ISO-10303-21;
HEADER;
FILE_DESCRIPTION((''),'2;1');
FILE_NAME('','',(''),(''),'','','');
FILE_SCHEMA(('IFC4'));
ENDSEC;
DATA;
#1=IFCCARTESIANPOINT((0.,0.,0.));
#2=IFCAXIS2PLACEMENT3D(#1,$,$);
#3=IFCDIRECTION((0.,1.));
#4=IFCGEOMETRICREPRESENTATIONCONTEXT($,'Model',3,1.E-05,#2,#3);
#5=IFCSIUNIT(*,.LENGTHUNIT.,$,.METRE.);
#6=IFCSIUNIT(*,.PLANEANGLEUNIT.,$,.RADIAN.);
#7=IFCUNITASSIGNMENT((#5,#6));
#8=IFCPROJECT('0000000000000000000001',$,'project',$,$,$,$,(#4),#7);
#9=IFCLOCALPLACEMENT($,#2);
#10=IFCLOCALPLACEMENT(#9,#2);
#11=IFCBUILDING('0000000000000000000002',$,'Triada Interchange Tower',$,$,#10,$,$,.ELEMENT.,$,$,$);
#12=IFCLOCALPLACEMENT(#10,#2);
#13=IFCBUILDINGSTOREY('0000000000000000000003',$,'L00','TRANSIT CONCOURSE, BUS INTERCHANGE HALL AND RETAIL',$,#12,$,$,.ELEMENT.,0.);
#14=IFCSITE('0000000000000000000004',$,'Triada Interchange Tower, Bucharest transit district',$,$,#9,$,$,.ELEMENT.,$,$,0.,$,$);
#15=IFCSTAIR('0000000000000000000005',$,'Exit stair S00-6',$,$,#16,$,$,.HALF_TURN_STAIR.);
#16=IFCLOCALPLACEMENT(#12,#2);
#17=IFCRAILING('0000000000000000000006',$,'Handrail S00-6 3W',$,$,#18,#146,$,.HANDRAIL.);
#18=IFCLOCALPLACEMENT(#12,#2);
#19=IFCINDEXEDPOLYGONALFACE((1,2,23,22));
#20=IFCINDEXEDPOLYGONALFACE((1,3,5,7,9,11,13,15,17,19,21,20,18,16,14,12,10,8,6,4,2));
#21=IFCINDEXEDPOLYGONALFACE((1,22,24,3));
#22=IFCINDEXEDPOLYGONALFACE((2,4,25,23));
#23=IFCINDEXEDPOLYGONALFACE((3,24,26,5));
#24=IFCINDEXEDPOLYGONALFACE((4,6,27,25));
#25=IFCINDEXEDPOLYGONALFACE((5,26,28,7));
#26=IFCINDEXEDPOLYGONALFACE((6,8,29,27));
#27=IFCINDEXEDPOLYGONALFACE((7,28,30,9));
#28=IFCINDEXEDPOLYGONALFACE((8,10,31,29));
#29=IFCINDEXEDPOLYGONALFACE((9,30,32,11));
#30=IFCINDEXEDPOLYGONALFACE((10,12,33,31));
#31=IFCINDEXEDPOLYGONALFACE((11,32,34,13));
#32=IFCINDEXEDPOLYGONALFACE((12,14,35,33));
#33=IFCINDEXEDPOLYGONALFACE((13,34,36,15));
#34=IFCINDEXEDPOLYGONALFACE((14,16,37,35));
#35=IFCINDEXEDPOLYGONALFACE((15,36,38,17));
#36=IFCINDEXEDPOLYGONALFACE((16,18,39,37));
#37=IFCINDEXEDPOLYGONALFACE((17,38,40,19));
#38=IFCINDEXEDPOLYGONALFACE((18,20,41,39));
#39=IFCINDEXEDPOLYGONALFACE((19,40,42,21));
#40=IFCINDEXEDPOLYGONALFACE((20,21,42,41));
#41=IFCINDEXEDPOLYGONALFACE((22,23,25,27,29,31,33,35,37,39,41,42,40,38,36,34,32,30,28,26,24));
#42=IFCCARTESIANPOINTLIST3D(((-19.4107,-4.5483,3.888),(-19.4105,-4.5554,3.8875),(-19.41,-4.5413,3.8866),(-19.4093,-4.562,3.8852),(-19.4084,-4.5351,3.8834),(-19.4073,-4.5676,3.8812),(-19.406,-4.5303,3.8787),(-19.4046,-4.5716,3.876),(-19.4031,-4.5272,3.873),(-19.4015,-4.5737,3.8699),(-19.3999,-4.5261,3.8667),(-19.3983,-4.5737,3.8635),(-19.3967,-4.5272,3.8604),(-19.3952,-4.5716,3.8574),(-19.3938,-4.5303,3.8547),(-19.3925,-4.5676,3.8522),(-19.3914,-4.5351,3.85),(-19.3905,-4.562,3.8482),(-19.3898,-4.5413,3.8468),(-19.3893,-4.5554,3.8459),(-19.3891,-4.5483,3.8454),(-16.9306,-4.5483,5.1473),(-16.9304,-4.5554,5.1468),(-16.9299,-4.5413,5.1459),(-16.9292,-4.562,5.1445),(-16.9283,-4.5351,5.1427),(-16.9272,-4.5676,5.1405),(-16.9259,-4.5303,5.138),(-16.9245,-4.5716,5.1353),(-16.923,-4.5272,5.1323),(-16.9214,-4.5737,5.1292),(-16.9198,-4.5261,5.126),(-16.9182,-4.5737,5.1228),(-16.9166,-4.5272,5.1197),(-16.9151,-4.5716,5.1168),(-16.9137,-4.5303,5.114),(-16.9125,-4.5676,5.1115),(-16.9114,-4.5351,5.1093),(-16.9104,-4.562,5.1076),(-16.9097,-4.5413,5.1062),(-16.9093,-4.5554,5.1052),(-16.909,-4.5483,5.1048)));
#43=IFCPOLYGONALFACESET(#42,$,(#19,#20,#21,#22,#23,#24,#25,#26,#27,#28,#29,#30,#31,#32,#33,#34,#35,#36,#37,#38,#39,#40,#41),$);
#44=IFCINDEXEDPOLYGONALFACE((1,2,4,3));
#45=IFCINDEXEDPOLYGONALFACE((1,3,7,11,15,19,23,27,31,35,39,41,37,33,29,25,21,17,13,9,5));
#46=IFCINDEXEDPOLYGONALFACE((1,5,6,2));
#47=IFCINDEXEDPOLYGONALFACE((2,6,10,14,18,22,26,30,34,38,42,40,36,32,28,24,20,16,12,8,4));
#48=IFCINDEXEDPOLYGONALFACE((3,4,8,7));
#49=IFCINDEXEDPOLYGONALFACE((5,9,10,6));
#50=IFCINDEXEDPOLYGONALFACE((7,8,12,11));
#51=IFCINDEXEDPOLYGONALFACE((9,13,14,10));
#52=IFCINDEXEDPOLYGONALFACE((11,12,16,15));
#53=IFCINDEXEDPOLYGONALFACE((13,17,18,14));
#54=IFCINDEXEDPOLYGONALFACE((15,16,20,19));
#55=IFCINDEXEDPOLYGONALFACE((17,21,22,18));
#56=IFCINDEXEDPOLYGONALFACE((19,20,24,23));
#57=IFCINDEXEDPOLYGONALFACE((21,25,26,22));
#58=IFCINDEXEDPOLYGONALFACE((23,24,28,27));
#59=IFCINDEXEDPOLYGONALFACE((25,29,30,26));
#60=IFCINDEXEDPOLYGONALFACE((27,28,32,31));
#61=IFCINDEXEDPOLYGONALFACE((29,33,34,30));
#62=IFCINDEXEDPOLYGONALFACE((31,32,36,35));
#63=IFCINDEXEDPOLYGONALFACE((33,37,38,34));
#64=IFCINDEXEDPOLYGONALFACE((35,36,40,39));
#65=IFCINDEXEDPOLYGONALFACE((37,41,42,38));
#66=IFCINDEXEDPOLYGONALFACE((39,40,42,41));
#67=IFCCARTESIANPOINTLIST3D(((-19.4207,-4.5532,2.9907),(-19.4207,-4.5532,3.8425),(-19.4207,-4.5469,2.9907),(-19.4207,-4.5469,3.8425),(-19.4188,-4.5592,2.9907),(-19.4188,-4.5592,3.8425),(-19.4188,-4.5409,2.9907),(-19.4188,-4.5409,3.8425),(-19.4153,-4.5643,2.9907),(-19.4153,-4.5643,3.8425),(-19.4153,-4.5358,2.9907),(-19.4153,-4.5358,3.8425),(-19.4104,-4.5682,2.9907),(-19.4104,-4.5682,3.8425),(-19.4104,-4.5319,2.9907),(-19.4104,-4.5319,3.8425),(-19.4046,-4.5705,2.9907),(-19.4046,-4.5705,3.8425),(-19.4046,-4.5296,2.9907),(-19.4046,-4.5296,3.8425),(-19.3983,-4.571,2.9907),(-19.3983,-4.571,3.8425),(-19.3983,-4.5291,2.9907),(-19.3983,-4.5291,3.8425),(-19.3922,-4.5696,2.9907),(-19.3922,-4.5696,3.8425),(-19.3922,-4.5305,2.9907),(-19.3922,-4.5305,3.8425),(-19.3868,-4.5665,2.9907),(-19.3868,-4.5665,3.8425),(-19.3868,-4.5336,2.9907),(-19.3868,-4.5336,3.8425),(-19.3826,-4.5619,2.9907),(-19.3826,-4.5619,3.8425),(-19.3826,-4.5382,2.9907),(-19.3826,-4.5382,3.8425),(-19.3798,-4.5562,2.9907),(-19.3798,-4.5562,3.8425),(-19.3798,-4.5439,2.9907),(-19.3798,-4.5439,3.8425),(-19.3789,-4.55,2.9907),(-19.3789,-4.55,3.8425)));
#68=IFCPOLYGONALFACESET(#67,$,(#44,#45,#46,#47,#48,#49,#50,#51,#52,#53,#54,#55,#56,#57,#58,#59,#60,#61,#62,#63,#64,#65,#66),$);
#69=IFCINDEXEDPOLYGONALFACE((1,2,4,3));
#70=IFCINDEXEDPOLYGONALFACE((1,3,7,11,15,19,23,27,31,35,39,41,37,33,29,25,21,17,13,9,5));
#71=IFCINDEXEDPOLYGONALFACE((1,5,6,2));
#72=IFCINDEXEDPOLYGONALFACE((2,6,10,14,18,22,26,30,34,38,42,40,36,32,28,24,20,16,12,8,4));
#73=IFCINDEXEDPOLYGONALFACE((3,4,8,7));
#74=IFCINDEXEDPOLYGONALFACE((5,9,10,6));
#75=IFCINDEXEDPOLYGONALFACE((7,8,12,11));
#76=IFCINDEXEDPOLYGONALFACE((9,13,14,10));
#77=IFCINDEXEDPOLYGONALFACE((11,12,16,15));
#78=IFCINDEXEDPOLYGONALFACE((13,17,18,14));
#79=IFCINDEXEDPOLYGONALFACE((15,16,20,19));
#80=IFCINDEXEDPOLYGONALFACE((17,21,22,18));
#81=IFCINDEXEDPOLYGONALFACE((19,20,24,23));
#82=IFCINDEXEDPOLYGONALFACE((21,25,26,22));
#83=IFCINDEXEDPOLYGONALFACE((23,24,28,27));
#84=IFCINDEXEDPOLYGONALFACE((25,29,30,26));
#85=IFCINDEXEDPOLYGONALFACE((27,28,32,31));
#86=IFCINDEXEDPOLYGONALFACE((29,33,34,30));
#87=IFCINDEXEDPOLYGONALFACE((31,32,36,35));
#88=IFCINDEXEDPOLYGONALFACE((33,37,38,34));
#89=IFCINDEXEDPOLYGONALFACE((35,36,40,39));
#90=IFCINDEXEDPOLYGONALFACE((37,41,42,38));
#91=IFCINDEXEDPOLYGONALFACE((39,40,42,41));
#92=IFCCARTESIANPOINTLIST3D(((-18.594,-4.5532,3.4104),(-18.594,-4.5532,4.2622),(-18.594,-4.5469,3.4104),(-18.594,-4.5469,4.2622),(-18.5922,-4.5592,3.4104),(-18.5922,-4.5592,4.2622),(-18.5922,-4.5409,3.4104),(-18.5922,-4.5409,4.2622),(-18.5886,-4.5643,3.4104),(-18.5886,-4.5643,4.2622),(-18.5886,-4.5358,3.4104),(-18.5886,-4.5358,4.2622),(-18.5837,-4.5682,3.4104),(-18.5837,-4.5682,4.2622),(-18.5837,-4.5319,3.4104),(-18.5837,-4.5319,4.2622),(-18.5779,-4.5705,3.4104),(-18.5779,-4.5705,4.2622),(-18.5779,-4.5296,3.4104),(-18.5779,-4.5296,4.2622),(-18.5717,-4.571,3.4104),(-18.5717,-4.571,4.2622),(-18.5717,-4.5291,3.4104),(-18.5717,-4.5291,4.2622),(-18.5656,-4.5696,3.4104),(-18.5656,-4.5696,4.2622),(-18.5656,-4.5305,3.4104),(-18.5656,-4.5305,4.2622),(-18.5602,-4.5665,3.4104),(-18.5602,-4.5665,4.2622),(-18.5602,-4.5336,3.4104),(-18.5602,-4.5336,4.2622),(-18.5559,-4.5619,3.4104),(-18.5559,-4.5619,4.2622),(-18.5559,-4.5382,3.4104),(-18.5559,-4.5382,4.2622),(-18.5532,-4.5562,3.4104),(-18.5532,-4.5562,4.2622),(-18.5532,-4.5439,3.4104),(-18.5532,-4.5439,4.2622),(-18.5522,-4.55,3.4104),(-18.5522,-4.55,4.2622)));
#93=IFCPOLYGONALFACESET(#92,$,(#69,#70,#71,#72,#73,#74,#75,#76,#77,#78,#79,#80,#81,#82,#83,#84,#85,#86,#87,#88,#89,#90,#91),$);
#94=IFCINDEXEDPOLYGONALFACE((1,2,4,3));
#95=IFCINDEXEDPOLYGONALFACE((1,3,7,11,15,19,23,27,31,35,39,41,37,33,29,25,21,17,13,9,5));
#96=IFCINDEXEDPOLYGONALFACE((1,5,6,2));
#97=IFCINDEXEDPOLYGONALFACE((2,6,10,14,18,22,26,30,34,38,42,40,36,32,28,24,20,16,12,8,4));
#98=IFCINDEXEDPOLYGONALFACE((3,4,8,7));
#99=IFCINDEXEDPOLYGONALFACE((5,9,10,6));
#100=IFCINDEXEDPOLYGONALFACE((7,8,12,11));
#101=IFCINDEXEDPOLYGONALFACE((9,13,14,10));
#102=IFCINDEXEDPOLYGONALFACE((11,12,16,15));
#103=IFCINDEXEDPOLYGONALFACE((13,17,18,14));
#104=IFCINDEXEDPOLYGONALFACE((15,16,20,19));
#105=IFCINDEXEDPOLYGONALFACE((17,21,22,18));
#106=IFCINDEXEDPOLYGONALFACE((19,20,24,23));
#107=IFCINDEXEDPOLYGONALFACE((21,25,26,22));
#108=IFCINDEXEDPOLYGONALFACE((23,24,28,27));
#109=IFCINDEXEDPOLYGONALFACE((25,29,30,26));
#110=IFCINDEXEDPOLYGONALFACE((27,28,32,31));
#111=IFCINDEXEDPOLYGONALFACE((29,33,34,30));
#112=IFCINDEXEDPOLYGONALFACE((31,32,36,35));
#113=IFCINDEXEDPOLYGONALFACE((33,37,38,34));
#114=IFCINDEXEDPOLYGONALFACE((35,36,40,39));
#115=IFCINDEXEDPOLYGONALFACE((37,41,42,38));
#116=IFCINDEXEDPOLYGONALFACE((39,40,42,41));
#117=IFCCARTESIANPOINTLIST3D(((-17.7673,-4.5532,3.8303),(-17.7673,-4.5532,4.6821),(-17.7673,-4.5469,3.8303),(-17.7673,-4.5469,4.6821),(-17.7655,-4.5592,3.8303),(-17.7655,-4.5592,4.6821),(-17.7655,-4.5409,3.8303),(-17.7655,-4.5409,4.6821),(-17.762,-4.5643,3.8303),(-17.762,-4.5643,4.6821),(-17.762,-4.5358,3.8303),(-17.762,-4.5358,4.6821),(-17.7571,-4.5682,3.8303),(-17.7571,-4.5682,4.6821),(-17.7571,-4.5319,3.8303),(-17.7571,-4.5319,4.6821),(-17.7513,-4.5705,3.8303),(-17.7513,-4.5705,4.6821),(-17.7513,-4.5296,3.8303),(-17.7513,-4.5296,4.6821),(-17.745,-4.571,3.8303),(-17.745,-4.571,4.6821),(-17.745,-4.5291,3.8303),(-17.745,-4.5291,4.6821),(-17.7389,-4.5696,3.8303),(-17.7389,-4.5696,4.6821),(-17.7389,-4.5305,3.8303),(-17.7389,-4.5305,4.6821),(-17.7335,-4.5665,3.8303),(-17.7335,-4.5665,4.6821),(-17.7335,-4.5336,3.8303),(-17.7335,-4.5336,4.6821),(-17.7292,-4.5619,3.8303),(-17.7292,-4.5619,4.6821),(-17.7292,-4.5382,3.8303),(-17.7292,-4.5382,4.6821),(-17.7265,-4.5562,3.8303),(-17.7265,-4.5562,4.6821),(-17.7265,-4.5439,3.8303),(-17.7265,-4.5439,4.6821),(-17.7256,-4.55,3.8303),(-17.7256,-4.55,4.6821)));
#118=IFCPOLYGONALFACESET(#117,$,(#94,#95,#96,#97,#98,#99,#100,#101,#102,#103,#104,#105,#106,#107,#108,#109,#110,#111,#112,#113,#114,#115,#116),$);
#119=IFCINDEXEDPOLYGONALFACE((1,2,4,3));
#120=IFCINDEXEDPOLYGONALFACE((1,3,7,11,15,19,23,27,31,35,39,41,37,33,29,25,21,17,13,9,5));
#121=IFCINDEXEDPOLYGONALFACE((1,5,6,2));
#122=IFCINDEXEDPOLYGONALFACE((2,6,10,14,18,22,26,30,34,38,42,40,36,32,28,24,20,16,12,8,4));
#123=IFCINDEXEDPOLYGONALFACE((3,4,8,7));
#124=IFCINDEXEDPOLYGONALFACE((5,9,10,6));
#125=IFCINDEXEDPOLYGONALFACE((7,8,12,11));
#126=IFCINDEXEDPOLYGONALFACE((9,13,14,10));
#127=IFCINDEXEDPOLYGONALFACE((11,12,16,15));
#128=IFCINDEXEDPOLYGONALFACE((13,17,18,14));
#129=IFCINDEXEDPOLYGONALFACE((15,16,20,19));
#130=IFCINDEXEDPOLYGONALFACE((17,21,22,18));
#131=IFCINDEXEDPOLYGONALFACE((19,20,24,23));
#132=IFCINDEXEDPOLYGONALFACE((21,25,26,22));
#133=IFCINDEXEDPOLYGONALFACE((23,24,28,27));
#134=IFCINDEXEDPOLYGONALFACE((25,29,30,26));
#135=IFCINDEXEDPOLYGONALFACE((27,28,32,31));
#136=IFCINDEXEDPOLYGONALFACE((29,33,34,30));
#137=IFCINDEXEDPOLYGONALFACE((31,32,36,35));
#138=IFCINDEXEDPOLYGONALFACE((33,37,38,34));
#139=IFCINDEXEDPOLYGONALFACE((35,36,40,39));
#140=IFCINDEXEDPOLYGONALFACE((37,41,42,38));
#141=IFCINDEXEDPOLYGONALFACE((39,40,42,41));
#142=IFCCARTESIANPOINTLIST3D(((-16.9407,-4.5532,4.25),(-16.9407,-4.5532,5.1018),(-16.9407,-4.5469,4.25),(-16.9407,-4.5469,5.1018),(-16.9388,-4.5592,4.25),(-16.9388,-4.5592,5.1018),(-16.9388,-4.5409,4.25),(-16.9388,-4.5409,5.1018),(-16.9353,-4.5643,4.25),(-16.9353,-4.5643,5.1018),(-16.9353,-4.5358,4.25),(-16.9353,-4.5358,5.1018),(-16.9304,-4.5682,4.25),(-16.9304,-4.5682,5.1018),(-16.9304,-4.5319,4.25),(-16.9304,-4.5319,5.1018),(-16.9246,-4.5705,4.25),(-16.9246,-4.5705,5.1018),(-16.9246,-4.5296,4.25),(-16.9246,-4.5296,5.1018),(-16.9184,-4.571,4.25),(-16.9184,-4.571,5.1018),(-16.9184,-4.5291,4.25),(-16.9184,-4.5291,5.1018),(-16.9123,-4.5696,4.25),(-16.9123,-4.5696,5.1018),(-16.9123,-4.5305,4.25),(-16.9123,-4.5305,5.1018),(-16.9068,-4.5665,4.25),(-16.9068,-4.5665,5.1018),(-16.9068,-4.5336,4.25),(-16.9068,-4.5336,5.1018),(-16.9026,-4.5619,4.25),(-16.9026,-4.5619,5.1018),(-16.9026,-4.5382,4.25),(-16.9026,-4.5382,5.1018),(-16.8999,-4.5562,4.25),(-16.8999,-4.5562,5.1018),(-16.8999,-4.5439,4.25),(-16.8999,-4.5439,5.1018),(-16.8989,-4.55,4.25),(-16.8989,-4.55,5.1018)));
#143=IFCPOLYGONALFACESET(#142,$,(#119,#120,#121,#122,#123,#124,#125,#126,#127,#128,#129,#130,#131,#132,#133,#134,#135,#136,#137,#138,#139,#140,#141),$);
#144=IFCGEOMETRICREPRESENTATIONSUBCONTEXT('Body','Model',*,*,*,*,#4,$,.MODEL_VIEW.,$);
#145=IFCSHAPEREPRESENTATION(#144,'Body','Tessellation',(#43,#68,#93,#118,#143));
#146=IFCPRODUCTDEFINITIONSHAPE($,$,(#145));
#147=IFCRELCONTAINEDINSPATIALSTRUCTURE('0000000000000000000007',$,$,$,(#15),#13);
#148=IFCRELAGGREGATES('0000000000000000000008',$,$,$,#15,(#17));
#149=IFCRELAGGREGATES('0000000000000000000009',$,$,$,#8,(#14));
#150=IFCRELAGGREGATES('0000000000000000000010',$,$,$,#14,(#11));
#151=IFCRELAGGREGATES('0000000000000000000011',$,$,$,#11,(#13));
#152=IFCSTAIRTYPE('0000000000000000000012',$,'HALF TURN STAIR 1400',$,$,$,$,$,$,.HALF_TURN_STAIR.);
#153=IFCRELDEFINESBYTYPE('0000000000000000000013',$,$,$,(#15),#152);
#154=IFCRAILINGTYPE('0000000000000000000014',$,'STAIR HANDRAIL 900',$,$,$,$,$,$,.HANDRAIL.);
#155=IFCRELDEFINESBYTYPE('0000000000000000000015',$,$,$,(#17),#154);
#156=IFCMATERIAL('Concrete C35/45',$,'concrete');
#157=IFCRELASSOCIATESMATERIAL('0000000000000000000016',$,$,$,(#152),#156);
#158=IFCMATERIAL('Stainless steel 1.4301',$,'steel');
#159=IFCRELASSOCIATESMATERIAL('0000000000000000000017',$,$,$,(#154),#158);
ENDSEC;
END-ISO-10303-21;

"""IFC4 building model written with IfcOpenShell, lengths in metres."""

from ifc_helpers import new_model, si_unit, direction, frame, origin, origin_2d, place, context, subcontext, project, spatial, circle, extrude, material, type_object, element, aggregate, save


model = new_model("IFC4")

# Units and contexts
model_context = context("Model", 3, precision=1e-05, world=origin(), true_north=direction((0.0, 1.0)))
body_context = subcontext(model_context, "Body", "Model", "MODEL_VIEW")
ifc_project = project(units=[si_unit("LENGTHUNIT", "METRE"), si_unit("PLANEANGLEUNIT", "RADIAN")], contexts=[model_context])

# Site, building, storey
site_placement = place(None, origin())
site = spatial("IfcSite", under=ifc_project, at=site_placement, Name="Triada Interchange Tower, Bucharest transit district", CompositionType="ELEMENT", RefElevation=0.0)
building_placement = place(site_placement, origin())
building = spatial("IfcBuilding", under=site, at=building_placement, Name="Triada Interchange Tower", CompositionType="ELEMENT")
storey_placement = place(building_placement, origin())
storey = spatial("IfcBuildingStorey", under=building, at=storey_placement, Name="L00", Description="TRANSIT CONCOURSE, BUS INTERCHANGE HALL AND RETAIL", CompositionType="ELEMENT", Elevation=0.0)

# Shared definitions
ifc_material_1 = material(Name="Concrete C35/45", Category="concrete")

# Stair, railing
stair_type = type_object("IfcStairType", Name="HALF TURN STAIR 1400", PredefinedType="HALF_TURN_STAIR", material=ifc_material_1)
stair_placement = place(storey_placement, origin())
stair = element("IfcStair", 1, at=stair_placement, inside=storey, type_object=stair_type, Name="Exit stair S00-6", PredefinedType="HALF_TURN_STAIR")
ifc_material_2 = material(Name="Stainless steel 1.4301", Category="steel")
railing_type_1 = type_object("IfcRailingType", Name="STAIR HANDRAIL 900", PredefinedType="HANDRAIL", material=ifc_material_2)
railing_1_placement = place(storey_placement, frame((-19.3999, -4.55, 2.9907)))
railing_1 = element("IfcRailing", 2, at=railing_1_placement, type_object=railing_type_1, Name="Handrail S00-6 3W", PredefinedType="HANDRAIL", context=body_context, shape_type="SweptSolid", body=[
    extrude(circle(Radius=0.0239, at=origin_2d()), frame((0.0, 0.0, 0.876), z_axis=(0.891636, 0.0, 0.452752), x_axis=(0.0, 1.0, 0.0)), (0.0, 0.0, 1.0), 2.7815),
    extrude(circle(Radius=0.021, at=origin_2d()), origin(), (0.0, 0.0, 1.0), 0.8518),
    extrude(circle(Radius=0.021, at=origin_2d()), frame((0.8267, 0.0, 0.4197)), (0.0, 0.0, 1.0), 0.8518),
    extrude(circle(Radius=0.021, at=origin_2d()), frame((1.6533, 0.0, 0.8396)), (0.0, 0.0, 1.0), 0.8518),
    extrude(circle(Radius=0.021, at=origin_2d()), frame((2.48, 0.0, 1.2593)), (0.0, 0.0, 1.0), 0.8518),
])
aggregate(stair, [railing_1])

save(model, "model.ifc")
